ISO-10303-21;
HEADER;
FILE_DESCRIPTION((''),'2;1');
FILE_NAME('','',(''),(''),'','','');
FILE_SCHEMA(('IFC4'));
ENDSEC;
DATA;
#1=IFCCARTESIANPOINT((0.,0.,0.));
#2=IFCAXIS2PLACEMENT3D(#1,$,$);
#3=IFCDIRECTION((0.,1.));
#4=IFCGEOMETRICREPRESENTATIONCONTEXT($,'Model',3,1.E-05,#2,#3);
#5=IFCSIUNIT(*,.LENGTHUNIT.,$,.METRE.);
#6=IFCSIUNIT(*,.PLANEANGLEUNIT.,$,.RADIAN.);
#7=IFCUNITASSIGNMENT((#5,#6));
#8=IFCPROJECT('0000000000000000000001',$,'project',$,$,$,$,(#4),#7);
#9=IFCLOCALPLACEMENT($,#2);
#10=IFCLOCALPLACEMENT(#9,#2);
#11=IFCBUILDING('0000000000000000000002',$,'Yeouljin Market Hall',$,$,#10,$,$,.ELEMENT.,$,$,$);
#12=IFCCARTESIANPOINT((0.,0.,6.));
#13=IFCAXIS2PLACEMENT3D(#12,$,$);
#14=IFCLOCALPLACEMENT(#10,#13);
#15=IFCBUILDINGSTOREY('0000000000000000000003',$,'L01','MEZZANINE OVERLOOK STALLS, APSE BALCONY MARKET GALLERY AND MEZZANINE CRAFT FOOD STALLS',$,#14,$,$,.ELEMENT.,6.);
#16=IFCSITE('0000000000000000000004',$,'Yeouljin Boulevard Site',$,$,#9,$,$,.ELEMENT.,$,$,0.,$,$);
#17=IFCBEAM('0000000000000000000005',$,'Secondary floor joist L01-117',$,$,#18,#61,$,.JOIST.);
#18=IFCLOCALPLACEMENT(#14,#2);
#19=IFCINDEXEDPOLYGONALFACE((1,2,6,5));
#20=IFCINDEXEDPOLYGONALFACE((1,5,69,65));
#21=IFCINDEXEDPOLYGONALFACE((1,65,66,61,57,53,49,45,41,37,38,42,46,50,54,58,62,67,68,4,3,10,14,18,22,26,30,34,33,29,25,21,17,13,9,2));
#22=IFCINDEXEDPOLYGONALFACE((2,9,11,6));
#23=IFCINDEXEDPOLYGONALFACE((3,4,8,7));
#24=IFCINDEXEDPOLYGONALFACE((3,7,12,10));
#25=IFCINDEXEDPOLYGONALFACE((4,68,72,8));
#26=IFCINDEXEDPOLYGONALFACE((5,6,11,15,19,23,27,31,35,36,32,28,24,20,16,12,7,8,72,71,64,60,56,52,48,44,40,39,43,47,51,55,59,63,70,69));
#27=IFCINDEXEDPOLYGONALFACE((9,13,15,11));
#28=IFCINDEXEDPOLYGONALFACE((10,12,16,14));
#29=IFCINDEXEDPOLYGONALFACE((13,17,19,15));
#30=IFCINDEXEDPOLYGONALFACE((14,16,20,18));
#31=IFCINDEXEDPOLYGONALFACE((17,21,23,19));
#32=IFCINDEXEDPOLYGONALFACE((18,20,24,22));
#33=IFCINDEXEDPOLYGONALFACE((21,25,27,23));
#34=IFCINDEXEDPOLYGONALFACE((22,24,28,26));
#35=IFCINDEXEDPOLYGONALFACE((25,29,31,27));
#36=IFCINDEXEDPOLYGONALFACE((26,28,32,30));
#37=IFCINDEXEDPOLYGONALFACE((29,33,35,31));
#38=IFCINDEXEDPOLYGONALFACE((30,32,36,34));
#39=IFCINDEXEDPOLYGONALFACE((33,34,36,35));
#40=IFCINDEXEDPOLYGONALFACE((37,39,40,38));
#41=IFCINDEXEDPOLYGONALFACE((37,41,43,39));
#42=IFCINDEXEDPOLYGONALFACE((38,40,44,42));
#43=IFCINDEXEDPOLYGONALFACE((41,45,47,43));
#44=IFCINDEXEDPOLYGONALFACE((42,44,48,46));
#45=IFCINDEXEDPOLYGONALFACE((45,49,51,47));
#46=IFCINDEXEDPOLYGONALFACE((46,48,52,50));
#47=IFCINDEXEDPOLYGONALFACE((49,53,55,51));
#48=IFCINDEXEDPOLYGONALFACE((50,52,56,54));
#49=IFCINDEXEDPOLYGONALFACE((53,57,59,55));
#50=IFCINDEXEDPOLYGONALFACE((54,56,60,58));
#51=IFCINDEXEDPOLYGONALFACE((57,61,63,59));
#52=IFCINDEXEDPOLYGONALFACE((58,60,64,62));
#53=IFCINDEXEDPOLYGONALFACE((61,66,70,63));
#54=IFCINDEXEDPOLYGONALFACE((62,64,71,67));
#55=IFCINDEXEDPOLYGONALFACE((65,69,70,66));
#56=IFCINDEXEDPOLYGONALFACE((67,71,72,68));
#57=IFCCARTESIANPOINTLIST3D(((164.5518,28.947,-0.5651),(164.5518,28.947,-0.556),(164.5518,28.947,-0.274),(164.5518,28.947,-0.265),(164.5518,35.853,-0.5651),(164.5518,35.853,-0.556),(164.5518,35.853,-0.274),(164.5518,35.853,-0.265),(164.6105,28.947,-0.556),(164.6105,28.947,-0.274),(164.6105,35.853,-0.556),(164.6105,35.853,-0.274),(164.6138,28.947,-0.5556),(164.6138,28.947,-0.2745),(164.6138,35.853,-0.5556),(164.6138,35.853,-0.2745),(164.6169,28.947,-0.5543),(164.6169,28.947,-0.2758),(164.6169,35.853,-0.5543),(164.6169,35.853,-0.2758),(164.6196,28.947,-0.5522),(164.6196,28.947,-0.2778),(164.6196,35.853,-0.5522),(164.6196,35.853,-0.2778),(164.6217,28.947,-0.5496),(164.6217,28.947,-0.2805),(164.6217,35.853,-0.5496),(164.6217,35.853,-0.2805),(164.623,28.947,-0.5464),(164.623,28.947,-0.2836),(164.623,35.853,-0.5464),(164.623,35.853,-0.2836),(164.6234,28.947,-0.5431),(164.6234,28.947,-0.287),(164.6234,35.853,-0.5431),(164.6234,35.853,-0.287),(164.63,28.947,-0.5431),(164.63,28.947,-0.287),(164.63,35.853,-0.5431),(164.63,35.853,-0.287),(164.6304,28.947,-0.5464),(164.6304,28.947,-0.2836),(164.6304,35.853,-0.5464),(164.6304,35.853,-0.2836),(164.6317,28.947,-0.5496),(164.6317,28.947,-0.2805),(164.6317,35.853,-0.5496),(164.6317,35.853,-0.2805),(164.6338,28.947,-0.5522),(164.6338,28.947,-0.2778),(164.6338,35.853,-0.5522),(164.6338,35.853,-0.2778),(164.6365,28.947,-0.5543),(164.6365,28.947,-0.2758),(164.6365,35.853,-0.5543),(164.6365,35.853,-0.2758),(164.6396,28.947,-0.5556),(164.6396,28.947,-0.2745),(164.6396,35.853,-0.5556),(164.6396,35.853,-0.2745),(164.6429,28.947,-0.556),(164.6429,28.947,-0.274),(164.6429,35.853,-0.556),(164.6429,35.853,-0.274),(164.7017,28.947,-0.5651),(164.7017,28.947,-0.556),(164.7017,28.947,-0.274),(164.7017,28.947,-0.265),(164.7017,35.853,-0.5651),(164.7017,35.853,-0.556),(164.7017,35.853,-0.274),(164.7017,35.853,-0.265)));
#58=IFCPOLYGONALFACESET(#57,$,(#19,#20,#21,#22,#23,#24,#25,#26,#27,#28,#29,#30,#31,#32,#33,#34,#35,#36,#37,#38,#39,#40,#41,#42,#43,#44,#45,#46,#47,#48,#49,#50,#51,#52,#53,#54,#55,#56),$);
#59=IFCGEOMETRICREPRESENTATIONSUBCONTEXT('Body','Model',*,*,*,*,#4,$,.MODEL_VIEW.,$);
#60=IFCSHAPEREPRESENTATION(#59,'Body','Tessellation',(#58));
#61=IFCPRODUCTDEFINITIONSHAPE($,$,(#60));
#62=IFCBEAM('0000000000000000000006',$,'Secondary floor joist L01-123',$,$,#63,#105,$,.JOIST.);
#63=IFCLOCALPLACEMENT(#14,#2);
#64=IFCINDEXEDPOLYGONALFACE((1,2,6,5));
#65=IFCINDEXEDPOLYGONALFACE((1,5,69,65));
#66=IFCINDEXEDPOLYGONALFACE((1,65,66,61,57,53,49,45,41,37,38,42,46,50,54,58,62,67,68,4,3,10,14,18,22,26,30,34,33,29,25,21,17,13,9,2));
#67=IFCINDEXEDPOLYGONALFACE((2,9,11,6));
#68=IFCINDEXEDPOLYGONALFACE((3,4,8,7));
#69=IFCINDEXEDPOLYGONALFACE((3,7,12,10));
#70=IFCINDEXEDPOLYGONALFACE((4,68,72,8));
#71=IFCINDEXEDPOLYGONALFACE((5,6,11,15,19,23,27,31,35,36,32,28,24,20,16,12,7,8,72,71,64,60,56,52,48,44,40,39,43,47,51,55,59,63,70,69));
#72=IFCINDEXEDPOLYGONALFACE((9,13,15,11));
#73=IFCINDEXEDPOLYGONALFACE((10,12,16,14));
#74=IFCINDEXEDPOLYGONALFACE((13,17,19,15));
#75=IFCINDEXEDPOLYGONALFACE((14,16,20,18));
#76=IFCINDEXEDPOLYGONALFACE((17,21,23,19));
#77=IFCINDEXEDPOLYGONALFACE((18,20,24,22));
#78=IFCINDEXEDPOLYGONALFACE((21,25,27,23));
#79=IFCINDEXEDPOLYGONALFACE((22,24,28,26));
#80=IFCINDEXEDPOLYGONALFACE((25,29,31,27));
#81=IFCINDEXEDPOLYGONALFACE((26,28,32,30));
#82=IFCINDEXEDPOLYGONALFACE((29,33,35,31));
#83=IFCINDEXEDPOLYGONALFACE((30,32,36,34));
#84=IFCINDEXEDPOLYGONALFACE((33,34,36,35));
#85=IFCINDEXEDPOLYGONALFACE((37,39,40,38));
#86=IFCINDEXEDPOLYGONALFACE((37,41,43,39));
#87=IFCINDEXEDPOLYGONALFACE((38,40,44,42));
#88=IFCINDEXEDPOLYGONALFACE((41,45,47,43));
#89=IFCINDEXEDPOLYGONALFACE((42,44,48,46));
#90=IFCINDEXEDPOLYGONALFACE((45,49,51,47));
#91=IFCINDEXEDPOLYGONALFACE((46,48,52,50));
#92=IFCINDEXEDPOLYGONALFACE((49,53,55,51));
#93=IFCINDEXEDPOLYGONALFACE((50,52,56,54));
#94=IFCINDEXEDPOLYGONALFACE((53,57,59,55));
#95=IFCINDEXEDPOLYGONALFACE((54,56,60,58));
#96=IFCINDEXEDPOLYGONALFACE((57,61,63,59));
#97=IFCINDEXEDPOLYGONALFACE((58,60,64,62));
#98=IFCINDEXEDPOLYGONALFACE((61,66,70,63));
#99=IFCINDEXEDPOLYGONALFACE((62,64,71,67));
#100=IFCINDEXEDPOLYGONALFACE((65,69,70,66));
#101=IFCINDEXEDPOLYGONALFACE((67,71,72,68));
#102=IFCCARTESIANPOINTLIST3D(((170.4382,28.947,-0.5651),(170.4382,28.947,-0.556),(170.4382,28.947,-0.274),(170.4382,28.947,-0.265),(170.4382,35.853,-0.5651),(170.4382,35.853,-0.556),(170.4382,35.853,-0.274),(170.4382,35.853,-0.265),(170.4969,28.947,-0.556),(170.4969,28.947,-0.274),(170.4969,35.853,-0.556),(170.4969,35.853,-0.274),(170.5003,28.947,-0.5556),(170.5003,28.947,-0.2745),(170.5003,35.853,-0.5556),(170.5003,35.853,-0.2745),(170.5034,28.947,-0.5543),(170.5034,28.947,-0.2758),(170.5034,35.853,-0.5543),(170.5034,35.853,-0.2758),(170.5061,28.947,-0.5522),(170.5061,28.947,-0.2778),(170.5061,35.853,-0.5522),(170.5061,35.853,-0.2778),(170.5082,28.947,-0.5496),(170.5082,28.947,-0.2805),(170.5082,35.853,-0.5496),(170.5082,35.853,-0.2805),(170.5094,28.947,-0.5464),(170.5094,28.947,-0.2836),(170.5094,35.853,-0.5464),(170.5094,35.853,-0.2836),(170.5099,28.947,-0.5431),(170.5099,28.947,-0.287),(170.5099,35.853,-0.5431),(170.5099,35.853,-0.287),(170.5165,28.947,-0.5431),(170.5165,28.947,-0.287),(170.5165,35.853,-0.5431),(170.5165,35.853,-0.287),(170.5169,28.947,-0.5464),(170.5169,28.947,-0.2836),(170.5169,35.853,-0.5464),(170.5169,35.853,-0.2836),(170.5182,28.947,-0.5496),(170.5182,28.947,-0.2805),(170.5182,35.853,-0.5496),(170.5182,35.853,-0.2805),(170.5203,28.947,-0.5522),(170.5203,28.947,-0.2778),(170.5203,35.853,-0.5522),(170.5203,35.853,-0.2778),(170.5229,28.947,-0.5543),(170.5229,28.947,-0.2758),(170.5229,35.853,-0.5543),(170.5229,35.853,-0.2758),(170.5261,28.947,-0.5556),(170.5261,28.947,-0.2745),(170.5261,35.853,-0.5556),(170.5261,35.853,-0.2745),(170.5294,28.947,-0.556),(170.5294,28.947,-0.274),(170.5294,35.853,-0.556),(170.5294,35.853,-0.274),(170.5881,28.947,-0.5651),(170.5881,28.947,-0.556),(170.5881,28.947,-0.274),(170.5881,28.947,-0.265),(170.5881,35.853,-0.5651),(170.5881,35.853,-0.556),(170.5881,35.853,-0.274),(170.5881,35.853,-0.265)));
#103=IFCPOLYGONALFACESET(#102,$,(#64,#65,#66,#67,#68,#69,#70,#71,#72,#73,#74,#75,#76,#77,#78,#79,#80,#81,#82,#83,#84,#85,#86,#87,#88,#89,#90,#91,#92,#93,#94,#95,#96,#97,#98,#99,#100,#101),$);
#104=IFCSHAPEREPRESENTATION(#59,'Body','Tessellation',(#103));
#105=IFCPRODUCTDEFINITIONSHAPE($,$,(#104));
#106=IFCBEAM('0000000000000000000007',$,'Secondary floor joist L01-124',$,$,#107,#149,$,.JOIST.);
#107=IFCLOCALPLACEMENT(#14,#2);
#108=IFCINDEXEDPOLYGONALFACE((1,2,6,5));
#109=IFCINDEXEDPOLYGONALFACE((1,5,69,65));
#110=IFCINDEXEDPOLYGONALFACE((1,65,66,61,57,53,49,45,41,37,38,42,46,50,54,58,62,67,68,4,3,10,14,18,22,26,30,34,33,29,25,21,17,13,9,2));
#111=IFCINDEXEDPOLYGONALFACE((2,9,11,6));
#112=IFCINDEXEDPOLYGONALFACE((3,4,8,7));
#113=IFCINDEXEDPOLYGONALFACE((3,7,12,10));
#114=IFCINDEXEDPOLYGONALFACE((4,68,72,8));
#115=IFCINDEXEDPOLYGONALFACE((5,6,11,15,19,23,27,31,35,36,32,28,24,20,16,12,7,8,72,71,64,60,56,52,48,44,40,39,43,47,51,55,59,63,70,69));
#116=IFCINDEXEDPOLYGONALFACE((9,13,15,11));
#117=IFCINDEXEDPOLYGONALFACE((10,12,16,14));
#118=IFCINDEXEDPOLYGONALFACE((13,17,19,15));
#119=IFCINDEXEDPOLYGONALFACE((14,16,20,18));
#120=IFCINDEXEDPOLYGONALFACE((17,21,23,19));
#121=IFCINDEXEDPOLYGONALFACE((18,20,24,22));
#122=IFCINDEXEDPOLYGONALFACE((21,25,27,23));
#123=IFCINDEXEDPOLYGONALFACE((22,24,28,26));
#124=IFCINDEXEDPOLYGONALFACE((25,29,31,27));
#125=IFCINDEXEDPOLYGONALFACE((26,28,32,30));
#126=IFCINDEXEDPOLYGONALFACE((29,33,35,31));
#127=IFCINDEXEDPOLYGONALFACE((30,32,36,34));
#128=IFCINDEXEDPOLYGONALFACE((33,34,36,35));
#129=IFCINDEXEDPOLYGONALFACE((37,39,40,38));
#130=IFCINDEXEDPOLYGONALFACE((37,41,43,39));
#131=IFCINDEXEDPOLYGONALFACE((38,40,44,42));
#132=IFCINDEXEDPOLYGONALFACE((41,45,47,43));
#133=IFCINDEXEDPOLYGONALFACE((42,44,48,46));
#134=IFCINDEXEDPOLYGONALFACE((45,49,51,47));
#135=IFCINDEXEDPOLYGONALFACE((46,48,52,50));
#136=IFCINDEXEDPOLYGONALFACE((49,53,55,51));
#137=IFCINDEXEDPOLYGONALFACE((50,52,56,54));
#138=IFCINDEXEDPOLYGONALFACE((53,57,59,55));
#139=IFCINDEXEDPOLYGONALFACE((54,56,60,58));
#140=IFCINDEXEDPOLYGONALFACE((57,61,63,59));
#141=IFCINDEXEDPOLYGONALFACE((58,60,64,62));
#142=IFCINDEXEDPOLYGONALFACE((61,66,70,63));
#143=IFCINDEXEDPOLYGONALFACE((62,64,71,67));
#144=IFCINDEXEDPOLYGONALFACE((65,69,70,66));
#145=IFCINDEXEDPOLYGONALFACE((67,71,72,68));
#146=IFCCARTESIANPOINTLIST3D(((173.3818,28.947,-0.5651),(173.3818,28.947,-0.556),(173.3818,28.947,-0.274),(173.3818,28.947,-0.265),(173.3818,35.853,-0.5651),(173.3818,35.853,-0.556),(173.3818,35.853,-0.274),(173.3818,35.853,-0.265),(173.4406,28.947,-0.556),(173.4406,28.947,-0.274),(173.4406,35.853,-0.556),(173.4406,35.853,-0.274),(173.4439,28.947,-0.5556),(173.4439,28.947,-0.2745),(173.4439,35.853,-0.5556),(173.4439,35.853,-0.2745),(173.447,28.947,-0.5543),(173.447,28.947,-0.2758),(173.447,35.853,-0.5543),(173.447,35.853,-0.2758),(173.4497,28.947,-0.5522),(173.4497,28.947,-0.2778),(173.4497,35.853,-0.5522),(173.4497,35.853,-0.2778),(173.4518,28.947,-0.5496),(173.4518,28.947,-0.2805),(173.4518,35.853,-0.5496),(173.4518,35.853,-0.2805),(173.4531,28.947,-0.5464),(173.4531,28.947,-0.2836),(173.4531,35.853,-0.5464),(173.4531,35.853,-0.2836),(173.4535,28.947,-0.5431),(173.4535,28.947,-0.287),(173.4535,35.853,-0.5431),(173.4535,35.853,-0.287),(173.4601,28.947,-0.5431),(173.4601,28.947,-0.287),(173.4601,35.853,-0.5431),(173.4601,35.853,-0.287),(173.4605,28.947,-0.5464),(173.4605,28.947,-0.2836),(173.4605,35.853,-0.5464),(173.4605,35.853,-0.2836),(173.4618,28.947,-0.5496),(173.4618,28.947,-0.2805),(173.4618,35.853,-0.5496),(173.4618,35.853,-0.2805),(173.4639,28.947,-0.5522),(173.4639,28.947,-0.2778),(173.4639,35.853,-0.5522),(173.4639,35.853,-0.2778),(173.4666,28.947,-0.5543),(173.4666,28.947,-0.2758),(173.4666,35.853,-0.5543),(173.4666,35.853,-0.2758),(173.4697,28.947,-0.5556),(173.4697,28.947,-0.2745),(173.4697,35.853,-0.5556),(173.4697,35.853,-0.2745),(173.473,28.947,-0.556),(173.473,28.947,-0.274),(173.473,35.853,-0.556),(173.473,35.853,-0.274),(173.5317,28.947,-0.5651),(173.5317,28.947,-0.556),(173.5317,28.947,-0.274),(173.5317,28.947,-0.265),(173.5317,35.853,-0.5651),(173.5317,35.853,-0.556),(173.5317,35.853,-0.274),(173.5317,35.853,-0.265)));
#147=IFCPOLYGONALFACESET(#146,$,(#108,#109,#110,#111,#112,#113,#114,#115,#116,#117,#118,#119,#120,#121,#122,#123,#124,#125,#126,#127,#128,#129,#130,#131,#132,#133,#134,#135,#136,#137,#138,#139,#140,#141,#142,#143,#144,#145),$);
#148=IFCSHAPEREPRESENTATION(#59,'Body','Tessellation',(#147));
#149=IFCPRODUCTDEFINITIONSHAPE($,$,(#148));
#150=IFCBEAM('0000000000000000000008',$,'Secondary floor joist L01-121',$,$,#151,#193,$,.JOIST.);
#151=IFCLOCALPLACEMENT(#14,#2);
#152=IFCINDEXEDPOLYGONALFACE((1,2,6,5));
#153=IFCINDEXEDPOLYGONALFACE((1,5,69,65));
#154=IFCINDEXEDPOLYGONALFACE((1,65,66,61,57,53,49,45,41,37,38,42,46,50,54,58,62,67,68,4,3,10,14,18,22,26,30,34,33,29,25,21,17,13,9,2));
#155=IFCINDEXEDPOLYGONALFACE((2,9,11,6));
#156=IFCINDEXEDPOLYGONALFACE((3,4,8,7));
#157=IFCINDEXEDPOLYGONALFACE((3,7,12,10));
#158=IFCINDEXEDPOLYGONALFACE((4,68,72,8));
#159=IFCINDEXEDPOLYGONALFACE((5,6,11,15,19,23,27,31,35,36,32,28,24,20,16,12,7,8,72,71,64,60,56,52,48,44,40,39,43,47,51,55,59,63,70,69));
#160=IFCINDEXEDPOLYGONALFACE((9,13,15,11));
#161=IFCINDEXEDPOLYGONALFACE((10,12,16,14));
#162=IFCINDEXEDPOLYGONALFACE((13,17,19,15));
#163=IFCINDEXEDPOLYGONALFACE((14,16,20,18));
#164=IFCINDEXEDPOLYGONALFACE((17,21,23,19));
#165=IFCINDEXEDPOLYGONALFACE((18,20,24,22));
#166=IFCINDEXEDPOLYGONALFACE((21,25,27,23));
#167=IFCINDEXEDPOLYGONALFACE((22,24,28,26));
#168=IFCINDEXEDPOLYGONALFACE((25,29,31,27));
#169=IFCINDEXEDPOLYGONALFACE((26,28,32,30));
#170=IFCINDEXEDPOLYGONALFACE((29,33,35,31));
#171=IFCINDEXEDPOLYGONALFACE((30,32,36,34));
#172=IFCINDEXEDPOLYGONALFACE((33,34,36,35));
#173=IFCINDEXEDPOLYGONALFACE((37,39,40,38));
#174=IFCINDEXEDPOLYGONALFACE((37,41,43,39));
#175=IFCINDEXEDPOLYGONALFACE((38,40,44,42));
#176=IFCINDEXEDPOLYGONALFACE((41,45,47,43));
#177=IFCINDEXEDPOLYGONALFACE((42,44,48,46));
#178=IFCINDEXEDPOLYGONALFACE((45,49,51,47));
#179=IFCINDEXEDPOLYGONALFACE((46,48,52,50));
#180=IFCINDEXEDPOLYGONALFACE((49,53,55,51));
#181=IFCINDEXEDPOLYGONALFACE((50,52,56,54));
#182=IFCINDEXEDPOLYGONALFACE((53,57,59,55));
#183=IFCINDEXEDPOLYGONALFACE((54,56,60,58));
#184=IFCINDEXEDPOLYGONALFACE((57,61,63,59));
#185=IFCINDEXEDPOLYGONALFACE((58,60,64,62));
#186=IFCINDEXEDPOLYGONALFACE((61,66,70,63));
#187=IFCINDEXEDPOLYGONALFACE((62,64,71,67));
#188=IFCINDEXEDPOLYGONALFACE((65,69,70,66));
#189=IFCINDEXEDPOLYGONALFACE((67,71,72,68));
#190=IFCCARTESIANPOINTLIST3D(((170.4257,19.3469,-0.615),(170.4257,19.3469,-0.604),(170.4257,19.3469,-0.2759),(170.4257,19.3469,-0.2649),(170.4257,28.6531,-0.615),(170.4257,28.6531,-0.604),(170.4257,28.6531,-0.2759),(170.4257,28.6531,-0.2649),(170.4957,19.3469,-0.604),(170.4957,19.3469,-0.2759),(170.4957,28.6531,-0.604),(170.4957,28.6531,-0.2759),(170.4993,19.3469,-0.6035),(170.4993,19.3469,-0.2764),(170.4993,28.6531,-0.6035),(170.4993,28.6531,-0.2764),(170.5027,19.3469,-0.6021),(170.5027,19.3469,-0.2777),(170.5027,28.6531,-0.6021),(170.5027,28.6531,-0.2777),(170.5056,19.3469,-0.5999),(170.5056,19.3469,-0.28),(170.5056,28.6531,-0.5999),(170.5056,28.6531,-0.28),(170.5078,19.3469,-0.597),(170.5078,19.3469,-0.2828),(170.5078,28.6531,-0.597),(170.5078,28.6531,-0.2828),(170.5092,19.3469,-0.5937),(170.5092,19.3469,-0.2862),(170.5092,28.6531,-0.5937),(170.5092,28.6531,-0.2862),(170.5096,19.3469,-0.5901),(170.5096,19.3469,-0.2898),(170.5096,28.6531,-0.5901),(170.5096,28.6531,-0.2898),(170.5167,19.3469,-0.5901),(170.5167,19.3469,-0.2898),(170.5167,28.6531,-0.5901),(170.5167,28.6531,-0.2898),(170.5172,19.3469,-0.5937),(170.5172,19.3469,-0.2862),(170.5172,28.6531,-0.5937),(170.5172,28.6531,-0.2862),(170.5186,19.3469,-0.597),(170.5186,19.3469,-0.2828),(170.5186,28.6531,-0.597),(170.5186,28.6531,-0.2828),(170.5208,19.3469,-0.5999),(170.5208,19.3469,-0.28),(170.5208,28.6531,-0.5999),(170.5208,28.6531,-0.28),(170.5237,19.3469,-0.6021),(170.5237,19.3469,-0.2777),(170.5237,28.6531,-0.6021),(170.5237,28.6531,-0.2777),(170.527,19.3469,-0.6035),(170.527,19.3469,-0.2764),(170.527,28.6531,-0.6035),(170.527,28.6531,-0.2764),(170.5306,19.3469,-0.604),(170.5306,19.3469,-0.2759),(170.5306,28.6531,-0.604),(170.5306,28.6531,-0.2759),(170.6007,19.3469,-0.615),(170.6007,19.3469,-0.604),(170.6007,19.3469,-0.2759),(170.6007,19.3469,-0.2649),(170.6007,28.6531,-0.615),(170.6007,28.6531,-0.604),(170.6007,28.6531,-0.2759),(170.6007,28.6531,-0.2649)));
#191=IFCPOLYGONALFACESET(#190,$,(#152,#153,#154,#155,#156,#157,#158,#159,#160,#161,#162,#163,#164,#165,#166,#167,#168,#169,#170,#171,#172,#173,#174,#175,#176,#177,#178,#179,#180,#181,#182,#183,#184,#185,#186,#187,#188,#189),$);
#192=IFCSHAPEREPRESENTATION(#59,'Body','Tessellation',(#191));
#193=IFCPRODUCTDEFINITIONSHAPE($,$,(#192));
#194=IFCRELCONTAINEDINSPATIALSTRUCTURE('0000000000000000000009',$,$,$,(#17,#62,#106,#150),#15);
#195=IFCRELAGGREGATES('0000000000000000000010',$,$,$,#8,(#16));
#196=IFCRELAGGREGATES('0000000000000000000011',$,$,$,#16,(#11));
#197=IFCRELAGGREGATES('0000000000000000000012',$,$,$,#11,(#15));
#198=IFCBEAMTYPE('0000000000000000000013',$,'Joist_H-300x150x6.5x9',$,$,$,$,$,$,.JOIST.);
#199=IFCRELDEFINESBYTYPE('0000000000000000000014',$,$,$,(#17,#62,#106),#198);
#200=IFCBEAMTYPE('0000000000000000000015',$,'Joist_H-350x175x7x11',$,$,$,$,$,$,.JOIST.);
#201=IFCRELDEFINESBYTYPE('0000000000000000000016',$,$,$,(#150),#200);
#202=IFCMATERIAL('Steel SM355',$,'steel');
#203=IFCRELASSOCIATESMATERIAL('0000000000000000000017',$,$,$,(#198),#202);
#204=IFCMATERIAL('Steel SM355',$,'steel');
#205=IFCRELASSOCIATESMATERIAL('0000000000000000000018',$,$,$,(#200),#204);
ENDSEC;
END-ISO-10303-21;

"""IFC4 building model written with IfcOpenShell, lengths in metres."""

from ifc_helpers import new_model, si_unit, direction, frame, origin, origin_2d, place, context, subcontext, project, spatial, i_section, extrude, material, material_profile, profile_set, type_object, element, save


model = new_model("IFC4")

# Units and contexts
model_context = context("Model", 3, precision=1e-05, world=origin(), true_north=direction((0.0, 1.0)))
body_context = subcontext(model_context, "Body", "Model", "MODEL_VIEW")
ifc_project = project(units=[si_unit("LENGTHUNIT", "METRE"), si_unit("PLANEANGLEUNIT", "RADIAN")], contexts=[model_context])

# Site, building, storey
site_placement = place(None, origin())
site = spatial("IfcSite", under=ifc_project, at=site_placement, Name="Yeouljin Boulevard Site", CompositionType="ELEMENT", RefElevation=0.0)
building_placement = place(site_placement, origin())
building = spatial("IfcBuilding", under=site, at=building_placement, Name="Yeouljin Market Hall", CompositionType="ELEMENT")
storey_placement = place(building_placement, frame((0.0, 0.0, 6.0)))
storey = spatial("IfcBuildingStorey", under=building, at=storey_placement, Name="L01", Description="MEZZANINE OVERLOOK STALLS, APSE BALCONY MARKET GALLERY AND MEZZANINE CRAFT FOOD STALLS", CompositionType="ELEMENT", Elevation=6.0)

# Beams
ifc_material_1 = material(Name="Steel SM355", Category="steel")
ifc_material_profile_1 = material_profile(ifc_material_1, i_section(OverallWidth=0.1499, OverallDepth=0.3, WebThickness=0.0066, FlangeThickness=0.009, FilletRadius=0.0129, at=origin_2d()), Name="H-300x150x6.5x9")
ifc_profile_set_1 = profile_set([ifc_material_profile_1], Name="Steel SM355")
beam_type_1 = type_object("IfcBeamType", Name="Joist_H-300x150x6.5x9", PredefinedType="JOIST", material=ifc_profile_set_1)
for number, where, z_axis, x_axis, name in (
    (1, (164.6267, 28.947, -0.415), (0.0, 1.0, 0.0), (-1.0, 0.0, 0.0), "Secondary floor joist L01-117"),
    (2, (170.5132, 28.947, -0.415), (0.0, 1.0, 0.0), (-1.0, 0.0, 0.0), "Secondary floor joist L01-123"),
    (3, (173.4568, 28.947, -0.415), (0.0, 1.0, 0.0), (-1.0, 0.0, 0.0), "Secondary floor joist L01-124"),
):
    element("IfcBeam", number, at=place(storey_placement, frame(where, z_axis=z_axis, x_axis=x_axis)), inside=storey, type_object=beam_type_1, Name=name, PredefinedType="JOIST", context=body_context, shape_type="SweptSolid", body=[
        extrude(i_section(OverallWidth=0.1499, OverallDepth=0.3, WebThickness=0.0066, FlangeThickness=0.009, FilletRadius=0.0129, at=origin_2d()), origin(), (0.0, 0.0, 1.0), 6.906),
    ])
ifc_material_2 = material(Name="Steel SM355", Category="steel")
ifc_material_profile_2 = material_profile(ifc_material_2, i_section(OverallWidth=0.175, OverallDepth=0.3501, WebThickness=0.0071, FlangeThickness=0.011, FilletRadius=0.0139, at=origin_2d()), Name="H-350x175x7x11")
ifc_profile_set_2 = profile_set([ifc_material_profile_2], Name="Steel SM355")
beam_type_2 = type_object("IfcBeamType", Name="Joist_H-350x175x7x11", PredefinedType="JOIST", material=ifc_profile_set_2)
for number, where, z_axis, x_axis, name in (
    (4, (170.5132, 19.3469, -0.4399), (0.0, 1.0, 0.0), (-1.0, 0.0, 0.0), "Secondary floor joist L01-121"),
):
    element("IfcBeam", number, at=place(storey_placement, frame(where, z_axis=z_axis, x_axis=x_axis)), inside=storey, type_object=beam_type_2, Name=name, PredefinedType="JOIST", context=body_context, shape_type="SweptSolid", body=[
        extrude(i_section(OverallWidth=0.175, OverallDepth=0.3501, WebThickness=0.0071, FlangeThickness=0.011, FilletRadius=0.0139, at=origin_2d()), origin(), (0.0, 0.0, 1.0), 9.3062),
    ])

save(model, "model.ifc")
